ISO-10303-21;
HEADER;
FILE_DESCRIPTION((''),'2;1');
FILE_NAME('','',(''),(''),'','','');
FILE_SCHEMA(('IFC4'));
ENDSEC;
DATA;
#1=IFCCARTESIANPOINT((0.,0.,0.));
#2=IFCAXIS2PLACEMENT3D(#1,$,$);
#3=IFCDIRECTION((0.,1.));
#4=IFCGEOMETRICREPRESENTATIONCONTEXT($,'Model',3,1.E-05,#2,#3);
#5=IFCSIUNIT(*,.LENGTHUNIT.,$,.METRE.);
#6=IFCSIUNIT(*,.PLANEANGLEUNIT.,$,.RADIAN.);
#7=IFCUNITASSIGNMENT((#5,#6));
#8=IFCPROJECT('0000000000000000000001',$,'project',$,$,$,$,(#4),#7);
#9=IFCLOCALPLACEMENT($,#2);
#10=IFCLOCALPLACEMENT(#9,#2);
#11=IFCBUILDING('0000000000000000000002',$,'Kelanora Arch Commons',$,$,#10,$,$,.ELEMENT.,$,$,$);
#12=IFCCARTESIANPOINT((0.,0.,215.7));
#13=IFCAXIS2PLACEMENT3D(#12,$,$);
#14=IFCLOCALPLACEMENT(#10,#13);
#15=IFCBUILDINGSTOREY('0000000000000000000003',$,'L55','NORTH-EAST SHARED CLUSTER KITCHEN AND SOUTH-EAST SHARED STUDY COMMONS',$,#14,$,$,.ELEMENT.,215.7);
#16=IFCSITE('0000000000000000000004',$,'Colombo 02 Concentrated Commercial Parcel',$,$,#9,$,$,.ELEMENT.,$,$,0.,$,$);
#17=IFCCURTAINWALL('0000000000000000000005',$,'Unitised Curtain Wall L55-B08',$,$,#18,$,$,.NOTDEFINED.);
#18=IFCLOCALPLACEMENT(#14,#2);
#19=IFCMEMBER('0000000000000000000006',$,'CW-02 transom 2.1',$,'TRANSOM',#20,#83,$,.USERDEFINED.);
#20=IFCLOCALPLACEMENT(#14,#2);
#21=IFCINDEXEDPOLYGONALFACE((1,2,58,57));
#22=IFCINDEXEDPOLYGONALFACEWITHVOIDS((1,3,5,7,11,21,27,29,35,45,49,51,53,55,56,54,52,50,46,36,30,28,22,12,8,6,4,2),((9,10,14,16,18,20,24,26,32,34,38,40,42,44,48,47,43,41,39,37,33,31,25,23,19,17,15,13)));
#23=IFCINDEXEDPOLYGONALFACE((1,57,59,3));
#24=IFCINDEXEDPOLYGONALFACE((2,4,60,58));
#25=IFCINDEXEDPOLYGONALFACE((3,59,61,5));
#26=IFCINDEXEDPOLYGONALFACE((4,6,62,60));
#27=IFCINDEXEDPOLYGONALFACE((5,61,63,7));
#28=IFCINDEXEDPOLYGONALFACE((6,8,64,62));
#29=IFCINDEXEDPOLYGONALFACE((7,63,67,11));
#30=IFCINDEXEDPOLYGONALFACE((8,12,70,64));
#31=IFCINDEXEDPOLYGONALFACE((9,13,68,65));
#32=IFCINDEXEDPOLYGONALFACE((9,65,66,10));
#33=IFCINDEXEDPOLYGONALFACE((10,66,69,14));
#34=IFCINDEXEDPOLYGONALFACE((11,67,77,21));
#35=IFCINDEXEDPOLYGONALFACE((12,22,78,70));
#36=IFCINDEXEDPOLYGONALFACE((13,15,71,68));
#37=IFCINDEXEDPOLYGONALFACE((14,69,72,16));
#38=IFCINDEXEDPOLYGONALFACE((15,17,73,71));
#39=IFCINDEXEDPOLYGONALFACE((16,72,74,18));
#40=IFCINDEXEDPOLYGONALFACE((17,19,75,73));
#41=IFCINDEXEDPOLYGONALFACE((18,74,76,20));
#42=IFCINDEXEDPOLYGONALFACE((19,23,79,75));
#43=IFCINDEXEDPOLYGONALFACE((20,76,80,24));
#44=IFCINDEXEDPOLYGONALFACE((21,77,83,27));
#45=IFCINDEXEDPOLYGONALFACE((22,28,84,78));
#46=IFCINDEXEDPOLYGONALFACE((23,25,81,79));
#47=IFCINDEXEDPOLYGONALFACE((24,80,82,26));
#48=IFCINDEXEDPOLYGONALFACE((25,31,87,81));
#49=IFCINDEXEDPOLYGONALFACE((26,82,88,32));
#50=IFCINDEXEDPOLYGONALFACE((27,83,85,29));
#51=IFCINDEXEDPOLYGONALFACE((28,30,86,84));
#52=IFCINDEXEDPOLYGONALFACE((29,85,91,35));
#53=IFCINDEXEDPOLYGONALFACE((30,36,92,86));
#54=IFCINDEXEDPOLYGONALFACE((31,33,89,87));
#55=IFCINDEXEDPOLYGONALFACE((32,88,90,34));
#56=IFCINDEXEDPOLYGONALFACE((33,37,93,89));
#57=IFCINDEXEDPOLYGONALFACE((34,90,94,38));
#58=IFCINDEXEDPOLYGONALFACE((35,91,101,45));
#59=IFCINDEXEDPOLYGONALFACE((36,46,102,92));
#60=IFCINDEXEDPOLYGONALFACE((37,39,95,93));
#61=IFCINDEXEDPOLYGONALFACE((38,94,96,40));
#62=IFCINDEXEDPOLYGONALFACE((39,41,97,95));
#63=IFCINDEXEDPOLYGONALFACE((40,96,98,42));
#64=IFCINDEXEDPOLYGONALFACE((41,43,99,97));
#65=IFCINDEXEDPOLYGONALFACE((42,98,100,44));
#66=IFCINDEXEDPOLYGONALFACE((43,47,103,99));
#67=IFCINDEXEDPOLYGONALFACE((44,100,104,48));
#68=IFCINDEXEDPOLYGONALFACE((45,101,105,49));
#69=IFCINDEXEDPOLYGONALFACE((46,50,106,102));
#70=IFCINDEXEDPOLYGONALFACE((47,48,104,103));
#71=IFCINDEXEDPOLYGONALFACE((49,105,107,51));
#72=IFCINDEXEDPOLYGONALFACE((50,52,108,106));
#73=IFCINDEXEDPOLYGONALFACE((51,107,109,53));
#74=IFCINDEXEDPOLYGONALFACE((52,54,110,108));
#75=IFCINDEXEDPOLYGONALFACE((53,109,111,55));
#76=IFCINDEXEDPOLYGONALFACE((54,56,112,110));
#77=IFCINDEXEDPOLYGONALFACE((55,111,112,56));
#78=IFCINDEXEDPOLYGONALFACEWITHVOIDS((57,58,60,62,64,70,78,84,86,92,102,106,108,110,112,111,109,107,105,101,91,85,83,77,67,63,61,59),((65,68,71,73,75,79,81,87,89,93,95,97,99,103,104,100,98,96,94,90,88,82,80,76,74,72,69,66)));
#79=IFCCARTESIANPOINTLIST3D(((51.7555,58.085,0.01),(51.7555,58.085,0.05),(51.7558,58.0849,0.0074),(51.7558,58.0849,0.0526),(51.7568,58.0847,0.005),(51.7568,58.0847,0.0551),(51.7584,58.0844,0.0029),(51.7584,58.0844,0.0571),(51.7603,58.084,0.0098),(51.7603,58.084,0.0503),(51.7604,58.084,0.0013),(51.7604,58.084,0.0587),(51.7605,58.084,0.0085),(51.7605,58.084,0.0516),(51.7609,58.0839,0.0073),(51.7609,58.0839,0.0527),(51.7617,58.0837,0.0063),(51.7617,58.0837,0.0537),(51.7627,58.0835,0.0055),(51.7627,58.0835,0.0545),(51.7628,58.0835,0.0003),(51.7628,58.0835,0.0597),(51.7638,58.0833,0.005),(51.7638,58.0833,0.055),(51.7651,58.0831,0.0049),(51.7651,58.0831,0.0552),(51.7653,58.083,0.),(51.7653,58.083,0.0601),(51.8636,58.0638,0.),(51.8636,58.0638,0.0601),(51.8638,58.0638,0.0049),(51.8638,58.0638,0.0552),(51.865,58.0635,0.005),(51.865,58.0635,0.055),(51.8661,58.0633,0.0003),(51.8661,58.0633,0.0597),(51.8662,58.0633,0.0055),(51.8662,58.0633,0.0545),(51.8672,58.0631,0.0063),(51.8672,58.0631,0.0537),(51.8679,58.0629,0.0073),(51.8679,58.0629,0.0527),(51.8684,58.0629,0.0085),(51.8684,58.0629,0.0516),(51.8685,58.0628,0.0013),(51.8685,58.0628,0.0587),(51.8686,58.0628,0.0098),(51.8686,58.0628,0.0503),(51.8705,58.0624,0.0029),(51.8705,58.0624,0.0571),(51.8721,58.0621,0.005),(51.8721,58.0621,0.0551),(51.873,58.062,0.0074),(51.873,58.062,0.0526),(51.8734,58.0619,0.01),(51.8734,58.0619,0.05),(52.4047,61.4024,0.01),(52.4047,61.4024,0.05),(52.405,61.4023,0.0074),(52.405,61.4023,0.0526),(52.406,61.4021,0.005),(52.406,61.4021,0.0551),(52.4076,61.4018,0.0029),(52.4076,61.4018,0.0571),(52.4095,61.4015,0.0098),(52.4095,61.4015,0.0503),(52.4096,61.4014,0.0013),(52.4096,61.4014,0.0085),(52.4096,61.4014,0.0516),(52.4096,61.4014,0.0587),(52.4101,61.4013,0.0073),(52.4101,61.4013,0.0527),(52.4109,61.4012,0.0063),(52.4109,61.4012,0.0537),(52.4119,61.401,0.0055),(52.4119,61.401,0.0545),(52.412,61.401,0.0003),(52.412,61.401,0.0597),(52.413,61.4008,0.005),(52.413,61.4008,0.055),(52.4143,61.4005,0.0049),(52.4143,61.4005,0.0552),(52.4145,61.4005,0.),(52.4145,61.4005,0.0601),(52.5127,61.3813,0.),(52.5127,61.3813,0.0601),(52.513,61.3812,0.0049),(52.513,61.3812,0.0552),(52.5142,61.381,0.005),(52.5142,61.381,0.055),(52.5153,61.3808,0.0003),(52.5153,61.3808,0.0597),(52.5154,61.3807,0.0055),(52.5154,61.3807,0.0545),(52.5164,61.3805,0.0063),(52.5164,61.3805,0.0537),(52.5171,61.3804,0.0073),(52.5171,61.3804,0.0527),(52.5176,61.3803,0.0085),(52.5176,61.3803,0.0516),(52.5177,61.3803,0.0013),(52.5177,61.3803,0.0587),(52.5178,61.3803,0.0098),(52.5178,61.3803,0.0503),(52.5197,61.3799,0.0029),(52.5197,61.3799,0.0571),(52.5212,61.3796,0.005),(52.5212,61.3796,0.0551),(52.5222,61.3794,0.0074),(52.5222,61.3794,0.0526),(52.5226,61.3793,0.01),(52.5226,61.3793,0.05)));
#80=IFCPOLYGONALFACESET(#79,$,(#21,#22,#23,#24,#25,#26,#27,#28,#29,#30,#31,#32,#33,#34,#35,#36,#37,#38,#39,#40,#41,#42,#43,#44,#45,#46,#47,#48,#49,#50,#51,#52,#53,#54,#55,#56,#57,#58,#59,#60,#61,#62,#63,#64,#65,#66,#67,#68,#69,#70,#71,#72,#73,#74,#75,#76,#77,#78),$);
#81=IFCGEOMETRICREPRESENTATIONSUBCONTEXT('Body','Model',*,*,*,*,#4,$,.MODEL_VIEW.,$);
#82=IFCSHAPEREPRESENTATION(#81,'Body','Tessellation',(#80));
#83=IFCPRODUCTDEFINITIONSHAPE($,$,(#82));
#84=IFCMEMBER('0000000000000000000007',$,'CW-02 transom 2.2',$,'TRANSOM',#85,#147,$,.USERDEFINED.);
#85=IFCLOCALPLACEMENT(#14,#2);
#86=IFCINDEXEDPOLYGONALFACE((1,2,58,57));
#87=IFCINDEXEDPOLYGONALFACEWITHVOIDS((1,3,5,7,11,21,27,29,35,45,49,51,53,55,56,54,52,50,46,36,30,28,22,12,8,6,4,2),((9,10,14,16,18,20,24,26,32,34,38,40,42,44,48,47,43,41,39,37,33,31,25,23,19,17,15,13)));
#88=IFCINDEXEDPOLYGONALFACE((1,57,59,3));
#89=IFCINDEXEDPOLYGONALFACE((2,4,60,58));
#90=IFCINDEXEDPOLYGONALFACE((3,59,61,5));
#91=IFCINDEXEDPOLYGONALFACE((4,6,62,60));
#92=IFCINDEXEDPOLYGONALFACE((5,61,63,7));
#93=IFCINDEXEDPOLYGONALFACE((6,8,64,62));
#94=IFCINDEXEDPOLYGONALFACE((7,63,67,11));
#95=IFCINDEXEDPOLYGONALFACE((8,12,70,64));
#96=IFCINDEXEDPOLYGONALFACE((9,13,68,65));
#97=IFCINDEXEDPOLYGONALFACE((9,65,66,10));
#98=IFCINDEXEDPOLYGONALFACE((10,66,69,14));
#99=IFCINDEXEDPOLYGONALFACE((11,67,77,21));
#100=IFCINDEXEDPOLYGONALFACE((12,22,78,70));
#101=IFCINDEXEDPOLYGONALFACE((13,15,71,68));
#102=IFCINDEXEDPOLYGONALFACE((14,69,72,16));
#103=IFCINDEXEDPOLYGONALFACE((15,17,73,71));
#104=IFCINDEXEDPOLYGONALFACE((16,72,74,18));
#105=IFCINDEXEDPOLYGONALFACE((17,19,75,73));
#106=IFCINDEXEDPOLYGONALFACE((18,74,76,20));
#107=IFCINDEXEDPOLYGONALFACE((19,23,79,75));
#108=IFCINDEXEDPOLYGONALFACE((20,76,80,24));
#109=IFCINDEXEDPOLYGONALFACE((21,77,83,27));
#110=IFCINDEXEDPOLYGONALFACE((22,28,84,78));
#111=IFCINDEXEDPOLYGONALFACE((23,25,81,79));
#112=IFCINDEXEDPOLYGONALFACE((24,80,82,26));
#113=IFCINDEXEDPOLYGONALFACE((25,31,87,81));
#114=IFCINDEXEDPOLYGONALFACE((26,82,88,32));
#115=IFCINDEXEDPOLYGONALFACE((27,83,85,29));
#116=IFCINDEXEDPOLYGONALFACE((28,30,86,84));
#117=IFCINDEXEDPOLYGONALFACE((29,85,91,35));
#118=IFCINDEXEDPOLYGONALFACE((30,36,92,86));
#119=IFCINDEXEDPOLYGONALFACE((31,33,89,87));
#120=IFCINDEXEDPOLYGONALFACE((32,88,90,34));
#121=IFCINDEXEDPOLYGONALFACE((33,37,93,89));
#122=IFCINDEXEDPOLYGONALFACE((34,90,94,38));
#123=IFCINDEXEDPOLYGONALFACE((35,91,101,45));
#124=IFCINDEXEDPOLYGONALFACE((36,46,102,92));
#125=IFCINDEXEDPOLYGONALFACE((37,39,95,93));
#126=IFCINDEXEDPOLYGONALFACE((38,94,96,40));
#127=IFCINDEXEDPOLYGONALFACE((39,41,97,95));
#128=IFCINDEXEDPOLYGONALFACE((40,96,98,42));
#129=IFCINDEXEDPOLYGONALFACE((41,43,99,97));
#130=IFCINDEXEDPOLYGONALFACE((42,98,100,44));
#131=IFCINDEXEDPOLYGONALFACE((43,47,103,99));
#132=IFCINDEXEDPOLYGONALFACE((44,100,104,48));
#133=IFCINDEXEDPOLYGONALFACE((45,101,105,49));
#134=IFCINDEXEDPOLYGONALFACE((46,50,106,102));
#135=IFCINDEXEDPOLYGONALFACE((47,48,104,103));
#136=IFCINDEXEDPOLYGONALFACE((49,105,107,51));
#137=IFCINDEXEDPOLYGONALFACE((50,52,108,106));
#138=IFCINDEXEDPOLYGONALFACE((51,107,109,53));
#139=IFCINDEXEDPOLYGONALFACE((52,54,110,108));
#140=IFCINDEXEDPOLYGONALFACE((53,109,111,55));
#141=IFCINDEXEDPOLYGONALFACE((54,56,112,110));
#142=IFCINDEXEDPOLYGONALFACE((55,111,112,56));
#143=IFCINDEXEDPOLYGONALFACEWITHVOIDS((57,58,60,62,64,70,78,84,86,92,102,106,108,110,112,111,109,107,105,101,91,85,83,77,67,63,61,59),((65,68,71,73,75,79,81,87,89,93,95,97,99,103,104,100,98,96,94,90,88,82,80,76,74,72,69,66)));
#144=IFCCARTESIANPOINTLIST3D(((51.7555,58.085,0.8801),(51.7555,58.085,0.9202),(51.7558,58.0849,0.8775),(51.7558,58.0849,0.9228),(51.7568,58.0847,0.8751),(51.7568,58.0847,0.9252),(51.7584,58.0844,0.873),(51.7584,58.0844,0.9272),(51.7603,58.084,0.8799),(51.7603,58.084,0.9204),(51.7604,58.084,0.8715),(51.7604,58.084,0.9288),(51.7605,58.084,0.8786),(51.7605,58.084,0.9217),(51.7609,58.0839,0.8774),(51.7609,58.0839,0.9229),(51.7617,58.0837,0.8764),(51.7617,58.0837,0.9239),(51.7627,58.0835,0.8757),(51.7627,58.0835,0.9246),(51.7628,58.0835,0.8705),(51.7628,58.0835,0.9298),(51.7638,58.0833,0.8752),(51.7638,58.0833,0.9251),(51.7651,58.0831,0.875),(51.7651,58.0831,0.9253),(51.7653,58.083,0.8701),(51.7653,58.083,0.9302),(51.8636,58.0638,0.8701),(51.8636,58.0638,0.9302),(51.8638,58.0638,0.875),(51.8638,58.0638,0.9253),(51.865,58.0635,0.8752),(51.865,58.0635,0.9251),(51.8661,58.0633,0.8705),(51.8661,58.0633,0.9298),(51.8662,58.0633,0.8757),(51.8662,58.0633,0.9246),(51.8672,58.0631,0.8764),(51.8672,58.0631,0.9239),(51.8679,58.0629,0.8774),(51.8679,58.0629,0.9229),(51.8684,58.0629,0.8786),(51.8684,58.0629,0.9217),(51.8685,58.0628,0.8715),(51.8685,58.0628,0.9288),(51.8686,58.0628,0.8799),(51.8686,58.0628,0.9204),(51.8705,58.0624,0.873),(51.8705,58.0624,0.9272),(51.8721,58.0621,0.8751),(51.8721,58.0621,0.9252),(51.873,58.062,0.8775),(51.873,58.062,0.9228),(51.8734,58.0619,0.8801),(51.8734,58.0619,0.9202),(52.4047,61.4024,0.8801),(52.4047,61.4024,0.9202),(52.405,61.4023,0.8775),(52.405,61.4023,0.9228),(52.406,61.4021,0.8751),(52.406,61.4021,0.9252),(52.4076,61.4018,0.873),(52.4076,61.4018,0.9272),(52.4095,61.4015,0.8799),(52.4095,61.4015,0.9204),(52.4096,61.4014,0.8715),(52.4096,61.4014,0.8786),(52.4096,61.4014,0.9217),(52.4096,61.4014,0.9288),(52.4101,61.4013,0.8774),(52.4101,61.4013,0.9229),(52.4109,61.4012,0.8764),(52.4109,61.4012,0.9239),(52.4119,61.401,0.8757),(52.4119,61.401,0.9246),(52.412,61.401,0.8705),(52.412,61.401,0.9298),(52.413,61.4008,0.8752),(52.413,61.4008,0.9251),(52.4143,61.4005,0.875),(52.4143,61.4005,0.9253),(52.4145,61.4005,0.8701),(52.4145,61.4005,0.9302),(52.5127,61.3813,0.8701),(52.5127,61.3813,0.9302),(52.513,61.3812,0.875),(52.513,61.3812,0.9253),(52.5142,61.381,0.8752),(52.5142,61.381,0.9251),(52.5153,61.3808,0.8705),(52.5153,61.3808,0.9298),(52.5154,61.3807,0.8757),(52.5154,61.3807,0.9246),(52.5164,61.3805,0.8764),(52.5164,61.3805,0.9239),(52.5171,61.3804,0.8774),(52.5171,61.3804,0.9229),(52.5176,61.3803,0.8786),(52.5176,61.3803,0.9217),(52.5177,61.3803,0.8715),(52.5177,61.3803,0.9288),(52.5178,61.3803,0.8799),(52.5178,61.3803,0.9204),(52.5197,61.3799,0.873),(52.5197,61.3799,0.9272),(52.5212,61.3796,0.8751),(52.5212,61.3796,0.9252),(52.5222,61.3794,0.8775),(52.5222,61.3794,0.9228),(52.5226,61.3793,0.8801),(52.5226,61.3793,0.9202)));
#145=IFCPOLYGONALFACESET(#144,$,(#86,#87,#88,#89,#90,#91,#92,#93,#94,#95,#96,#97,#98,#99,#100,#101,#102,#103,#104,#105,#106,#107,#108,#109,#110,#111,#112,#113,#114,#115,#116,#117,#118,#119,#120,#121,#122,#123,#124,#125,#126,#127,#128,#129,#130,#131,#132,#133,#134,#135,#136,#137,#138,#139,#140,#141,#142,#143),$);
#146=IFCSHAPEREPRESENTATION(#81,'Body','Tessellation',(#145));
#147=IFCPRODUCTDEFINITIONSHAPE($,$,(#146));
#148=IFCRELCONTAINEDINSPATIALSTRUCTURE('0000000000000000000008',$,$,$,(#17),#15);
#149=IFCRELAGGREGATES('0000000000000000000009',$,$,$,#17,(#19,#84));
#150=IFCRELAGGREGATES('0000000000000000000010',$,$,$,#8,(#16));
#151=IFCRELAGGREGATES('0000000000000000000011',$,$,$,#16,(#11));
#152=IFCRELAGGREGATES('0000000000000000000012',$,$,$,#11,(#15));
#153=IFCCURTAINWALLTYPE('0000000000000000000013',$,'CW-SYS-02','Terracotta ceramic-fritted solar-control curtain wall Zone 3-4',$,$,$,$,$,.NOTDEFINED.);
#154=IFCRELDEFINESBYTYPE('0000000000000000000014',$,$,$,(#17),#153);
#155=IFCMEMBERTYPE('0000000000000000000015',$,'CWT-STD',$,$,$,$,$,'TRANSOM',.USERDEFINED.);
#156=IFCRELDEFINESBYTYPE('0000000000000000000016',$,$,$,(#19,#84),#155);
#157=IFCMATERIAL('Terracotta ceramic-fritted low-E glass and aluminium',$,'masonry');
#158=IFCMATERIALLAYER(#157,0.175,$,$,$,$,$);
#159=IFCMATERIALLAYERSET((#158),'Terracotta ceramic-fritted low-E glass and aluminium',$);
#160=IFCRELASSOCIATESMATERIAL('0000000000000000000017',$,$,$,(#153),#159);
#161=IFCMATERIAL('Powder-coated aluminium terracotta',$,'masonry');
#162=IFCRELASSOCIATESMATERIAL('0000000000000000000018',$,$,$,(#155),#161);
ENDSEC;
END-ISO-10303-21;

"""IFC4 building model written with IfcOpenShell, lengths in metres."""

from ifc_helpers import new_model, si_unit, direction, frame, origin, origin_2d, place, context, subcontext, project, spatial, hollow_rectangle, extrude, material, layer, layer_set, material_profile, profile_set, type_object, element, aggregate, save


model = new_model("IFC4")

# Units and contexts
model_context = context("Model", 3, precision=1e-05, world=origin(), true_north=direction((0.0, 1.0)))
body_context = subcontext(model_context, "Body", "Model", "MODEL_VIEW")
ifc_project = project(units=[si_unit("LENGTHUNIT", "METRE"), si_unit("PLANEANGLEUNIT", "RADIAN")], contexts=[model_context])

# Site, building, storey
site_placement = place(None, origin())
site = spatial("IfcSite", under=ifc_project, at=site_placement, Name="Colombo 02 Concentrated Commercial Parcel", CompositionType="ELEMENT", RefElevation=0.0)
building_placement = place(site_placement, origin())
building = spatial("IfcBuilding", under=site, at=building_placement, Name="Kelanora Arch Commons", CompositionType="ELEMENT")
storey_placement = place(building_placement, frame((0.0, 0.0, 215.7)))
storey = spatial("IfcBuildingStorey", under=building, at=storey_placement, Name="L55", Description="NORTH-EAST SHARED CLUSTER KITCHEN AND SOUTH-EAST SHARED STUDY COMMONS", CompositionType="ELEMENT", Elevation=215.7)

# Curtain wall, members
ifc_material_1 = material(Name="Terracotta ceramic-fritted low-E glass and aluminium", Category="masonry")
ifc_layer_1 = layer(ifc_material_1, 0.175)
ifc_layer_set_1 = layer_set([ifc_layer_1], Name="Terracotta ceramic-fritted low-E glass and aluminium")
curtain_wall_type = type_object("IfcCurtainWallType", Name="CW-SYS-02", Description="Terracotta ceramic-fritted solar-control curtain wall Zone 3-4", PredefinedType="NOTDEFINED", material=ifc_layer_set_1)
curtain_wall_placement = place(storey_placement, origin())
curtain_wall = element("IfcCurtainWall", 1, at=curtain_wall_placement, inside=storey, type_object=curtain_wall_type, Name="Unitised Curtain Wall L55-B08", PredefinedType="NOTDEFINED")
ifc_material_2 = material(Name="Powder-coated aluminium terracotta", Category="masonry")
ifc_material_profile_1 = material_profile(ifc_material_2, hollow_rectangle(XDim=0.1201, YDim=0.0601, WallThickness=0.0049, InnerFilletRadius=0.0049, OuterFilletRadius=0.01, at=origin_2d()), Name="CWT120x60")
ifc_profile_set_1 = profile_set([ifc_material_profile_1], Name="Powder-coated aluminium terracotta")
member_type_1 = type_object("IfcMemberType", Name="CWT-STD", ElementType="TRANSOM", PredefinedType="USERDEFINED", material=ifc_profile_set_1)
member_1_placement = place(storey_placement, frame((52.4636, 61.3909, 0.03), z_axis=(-0.192045, -0.981386, 0.0), x_axis=(0.981386, -0.192045, 0.0)))
member_1 = element("IfcMember", 2, at=member_1_placement, type_object=member_type_1, Name="CW-02 transom 2.1", ObjectType="TRANSOM", PredefinedType="USERDEFINED", context=body_context, shape_type="SweptSolid", body=[
    extrude(hollow_rectangle(XDim=0.1201, YDim=0.0601, WallThickness=0.0049, InnerFilletRadius=0.0049, OuterFilletRadius=0.01, at=origin_2d()), origin(), (0.0, 0.0, 1.0), 3.3804),
])
member_2_placement = place(storey_placement, frame((52.4636, 61.3909, 0.9001), z_axis=(-0.192045, -0.981386, 0.0), x_axis=(0.981386, -0.192045, 0.0)))
member_2 = element("IfcMember", 3, at=member_2_placement, type_object=member_type_1, Name="CW-02 transom 2.2", ObjectType="TRANSOM", PredefinedType="USERDEFINED", context=body_context, shape_type="SweptSolid", body=[
    extrude(hollow_rectangle(XDim=0.1201, YDim=0.0601, WallThickness=0.0049, InnerFilletRadius=0.0049, OuterFilletRadius=0.01, at=origin_2d()), origin(), (0.0, 0.0, 1.0), 3.3804),
])
aggregate(curtain_wall, [member_1, member_2])

save(model, "model.ifc")
